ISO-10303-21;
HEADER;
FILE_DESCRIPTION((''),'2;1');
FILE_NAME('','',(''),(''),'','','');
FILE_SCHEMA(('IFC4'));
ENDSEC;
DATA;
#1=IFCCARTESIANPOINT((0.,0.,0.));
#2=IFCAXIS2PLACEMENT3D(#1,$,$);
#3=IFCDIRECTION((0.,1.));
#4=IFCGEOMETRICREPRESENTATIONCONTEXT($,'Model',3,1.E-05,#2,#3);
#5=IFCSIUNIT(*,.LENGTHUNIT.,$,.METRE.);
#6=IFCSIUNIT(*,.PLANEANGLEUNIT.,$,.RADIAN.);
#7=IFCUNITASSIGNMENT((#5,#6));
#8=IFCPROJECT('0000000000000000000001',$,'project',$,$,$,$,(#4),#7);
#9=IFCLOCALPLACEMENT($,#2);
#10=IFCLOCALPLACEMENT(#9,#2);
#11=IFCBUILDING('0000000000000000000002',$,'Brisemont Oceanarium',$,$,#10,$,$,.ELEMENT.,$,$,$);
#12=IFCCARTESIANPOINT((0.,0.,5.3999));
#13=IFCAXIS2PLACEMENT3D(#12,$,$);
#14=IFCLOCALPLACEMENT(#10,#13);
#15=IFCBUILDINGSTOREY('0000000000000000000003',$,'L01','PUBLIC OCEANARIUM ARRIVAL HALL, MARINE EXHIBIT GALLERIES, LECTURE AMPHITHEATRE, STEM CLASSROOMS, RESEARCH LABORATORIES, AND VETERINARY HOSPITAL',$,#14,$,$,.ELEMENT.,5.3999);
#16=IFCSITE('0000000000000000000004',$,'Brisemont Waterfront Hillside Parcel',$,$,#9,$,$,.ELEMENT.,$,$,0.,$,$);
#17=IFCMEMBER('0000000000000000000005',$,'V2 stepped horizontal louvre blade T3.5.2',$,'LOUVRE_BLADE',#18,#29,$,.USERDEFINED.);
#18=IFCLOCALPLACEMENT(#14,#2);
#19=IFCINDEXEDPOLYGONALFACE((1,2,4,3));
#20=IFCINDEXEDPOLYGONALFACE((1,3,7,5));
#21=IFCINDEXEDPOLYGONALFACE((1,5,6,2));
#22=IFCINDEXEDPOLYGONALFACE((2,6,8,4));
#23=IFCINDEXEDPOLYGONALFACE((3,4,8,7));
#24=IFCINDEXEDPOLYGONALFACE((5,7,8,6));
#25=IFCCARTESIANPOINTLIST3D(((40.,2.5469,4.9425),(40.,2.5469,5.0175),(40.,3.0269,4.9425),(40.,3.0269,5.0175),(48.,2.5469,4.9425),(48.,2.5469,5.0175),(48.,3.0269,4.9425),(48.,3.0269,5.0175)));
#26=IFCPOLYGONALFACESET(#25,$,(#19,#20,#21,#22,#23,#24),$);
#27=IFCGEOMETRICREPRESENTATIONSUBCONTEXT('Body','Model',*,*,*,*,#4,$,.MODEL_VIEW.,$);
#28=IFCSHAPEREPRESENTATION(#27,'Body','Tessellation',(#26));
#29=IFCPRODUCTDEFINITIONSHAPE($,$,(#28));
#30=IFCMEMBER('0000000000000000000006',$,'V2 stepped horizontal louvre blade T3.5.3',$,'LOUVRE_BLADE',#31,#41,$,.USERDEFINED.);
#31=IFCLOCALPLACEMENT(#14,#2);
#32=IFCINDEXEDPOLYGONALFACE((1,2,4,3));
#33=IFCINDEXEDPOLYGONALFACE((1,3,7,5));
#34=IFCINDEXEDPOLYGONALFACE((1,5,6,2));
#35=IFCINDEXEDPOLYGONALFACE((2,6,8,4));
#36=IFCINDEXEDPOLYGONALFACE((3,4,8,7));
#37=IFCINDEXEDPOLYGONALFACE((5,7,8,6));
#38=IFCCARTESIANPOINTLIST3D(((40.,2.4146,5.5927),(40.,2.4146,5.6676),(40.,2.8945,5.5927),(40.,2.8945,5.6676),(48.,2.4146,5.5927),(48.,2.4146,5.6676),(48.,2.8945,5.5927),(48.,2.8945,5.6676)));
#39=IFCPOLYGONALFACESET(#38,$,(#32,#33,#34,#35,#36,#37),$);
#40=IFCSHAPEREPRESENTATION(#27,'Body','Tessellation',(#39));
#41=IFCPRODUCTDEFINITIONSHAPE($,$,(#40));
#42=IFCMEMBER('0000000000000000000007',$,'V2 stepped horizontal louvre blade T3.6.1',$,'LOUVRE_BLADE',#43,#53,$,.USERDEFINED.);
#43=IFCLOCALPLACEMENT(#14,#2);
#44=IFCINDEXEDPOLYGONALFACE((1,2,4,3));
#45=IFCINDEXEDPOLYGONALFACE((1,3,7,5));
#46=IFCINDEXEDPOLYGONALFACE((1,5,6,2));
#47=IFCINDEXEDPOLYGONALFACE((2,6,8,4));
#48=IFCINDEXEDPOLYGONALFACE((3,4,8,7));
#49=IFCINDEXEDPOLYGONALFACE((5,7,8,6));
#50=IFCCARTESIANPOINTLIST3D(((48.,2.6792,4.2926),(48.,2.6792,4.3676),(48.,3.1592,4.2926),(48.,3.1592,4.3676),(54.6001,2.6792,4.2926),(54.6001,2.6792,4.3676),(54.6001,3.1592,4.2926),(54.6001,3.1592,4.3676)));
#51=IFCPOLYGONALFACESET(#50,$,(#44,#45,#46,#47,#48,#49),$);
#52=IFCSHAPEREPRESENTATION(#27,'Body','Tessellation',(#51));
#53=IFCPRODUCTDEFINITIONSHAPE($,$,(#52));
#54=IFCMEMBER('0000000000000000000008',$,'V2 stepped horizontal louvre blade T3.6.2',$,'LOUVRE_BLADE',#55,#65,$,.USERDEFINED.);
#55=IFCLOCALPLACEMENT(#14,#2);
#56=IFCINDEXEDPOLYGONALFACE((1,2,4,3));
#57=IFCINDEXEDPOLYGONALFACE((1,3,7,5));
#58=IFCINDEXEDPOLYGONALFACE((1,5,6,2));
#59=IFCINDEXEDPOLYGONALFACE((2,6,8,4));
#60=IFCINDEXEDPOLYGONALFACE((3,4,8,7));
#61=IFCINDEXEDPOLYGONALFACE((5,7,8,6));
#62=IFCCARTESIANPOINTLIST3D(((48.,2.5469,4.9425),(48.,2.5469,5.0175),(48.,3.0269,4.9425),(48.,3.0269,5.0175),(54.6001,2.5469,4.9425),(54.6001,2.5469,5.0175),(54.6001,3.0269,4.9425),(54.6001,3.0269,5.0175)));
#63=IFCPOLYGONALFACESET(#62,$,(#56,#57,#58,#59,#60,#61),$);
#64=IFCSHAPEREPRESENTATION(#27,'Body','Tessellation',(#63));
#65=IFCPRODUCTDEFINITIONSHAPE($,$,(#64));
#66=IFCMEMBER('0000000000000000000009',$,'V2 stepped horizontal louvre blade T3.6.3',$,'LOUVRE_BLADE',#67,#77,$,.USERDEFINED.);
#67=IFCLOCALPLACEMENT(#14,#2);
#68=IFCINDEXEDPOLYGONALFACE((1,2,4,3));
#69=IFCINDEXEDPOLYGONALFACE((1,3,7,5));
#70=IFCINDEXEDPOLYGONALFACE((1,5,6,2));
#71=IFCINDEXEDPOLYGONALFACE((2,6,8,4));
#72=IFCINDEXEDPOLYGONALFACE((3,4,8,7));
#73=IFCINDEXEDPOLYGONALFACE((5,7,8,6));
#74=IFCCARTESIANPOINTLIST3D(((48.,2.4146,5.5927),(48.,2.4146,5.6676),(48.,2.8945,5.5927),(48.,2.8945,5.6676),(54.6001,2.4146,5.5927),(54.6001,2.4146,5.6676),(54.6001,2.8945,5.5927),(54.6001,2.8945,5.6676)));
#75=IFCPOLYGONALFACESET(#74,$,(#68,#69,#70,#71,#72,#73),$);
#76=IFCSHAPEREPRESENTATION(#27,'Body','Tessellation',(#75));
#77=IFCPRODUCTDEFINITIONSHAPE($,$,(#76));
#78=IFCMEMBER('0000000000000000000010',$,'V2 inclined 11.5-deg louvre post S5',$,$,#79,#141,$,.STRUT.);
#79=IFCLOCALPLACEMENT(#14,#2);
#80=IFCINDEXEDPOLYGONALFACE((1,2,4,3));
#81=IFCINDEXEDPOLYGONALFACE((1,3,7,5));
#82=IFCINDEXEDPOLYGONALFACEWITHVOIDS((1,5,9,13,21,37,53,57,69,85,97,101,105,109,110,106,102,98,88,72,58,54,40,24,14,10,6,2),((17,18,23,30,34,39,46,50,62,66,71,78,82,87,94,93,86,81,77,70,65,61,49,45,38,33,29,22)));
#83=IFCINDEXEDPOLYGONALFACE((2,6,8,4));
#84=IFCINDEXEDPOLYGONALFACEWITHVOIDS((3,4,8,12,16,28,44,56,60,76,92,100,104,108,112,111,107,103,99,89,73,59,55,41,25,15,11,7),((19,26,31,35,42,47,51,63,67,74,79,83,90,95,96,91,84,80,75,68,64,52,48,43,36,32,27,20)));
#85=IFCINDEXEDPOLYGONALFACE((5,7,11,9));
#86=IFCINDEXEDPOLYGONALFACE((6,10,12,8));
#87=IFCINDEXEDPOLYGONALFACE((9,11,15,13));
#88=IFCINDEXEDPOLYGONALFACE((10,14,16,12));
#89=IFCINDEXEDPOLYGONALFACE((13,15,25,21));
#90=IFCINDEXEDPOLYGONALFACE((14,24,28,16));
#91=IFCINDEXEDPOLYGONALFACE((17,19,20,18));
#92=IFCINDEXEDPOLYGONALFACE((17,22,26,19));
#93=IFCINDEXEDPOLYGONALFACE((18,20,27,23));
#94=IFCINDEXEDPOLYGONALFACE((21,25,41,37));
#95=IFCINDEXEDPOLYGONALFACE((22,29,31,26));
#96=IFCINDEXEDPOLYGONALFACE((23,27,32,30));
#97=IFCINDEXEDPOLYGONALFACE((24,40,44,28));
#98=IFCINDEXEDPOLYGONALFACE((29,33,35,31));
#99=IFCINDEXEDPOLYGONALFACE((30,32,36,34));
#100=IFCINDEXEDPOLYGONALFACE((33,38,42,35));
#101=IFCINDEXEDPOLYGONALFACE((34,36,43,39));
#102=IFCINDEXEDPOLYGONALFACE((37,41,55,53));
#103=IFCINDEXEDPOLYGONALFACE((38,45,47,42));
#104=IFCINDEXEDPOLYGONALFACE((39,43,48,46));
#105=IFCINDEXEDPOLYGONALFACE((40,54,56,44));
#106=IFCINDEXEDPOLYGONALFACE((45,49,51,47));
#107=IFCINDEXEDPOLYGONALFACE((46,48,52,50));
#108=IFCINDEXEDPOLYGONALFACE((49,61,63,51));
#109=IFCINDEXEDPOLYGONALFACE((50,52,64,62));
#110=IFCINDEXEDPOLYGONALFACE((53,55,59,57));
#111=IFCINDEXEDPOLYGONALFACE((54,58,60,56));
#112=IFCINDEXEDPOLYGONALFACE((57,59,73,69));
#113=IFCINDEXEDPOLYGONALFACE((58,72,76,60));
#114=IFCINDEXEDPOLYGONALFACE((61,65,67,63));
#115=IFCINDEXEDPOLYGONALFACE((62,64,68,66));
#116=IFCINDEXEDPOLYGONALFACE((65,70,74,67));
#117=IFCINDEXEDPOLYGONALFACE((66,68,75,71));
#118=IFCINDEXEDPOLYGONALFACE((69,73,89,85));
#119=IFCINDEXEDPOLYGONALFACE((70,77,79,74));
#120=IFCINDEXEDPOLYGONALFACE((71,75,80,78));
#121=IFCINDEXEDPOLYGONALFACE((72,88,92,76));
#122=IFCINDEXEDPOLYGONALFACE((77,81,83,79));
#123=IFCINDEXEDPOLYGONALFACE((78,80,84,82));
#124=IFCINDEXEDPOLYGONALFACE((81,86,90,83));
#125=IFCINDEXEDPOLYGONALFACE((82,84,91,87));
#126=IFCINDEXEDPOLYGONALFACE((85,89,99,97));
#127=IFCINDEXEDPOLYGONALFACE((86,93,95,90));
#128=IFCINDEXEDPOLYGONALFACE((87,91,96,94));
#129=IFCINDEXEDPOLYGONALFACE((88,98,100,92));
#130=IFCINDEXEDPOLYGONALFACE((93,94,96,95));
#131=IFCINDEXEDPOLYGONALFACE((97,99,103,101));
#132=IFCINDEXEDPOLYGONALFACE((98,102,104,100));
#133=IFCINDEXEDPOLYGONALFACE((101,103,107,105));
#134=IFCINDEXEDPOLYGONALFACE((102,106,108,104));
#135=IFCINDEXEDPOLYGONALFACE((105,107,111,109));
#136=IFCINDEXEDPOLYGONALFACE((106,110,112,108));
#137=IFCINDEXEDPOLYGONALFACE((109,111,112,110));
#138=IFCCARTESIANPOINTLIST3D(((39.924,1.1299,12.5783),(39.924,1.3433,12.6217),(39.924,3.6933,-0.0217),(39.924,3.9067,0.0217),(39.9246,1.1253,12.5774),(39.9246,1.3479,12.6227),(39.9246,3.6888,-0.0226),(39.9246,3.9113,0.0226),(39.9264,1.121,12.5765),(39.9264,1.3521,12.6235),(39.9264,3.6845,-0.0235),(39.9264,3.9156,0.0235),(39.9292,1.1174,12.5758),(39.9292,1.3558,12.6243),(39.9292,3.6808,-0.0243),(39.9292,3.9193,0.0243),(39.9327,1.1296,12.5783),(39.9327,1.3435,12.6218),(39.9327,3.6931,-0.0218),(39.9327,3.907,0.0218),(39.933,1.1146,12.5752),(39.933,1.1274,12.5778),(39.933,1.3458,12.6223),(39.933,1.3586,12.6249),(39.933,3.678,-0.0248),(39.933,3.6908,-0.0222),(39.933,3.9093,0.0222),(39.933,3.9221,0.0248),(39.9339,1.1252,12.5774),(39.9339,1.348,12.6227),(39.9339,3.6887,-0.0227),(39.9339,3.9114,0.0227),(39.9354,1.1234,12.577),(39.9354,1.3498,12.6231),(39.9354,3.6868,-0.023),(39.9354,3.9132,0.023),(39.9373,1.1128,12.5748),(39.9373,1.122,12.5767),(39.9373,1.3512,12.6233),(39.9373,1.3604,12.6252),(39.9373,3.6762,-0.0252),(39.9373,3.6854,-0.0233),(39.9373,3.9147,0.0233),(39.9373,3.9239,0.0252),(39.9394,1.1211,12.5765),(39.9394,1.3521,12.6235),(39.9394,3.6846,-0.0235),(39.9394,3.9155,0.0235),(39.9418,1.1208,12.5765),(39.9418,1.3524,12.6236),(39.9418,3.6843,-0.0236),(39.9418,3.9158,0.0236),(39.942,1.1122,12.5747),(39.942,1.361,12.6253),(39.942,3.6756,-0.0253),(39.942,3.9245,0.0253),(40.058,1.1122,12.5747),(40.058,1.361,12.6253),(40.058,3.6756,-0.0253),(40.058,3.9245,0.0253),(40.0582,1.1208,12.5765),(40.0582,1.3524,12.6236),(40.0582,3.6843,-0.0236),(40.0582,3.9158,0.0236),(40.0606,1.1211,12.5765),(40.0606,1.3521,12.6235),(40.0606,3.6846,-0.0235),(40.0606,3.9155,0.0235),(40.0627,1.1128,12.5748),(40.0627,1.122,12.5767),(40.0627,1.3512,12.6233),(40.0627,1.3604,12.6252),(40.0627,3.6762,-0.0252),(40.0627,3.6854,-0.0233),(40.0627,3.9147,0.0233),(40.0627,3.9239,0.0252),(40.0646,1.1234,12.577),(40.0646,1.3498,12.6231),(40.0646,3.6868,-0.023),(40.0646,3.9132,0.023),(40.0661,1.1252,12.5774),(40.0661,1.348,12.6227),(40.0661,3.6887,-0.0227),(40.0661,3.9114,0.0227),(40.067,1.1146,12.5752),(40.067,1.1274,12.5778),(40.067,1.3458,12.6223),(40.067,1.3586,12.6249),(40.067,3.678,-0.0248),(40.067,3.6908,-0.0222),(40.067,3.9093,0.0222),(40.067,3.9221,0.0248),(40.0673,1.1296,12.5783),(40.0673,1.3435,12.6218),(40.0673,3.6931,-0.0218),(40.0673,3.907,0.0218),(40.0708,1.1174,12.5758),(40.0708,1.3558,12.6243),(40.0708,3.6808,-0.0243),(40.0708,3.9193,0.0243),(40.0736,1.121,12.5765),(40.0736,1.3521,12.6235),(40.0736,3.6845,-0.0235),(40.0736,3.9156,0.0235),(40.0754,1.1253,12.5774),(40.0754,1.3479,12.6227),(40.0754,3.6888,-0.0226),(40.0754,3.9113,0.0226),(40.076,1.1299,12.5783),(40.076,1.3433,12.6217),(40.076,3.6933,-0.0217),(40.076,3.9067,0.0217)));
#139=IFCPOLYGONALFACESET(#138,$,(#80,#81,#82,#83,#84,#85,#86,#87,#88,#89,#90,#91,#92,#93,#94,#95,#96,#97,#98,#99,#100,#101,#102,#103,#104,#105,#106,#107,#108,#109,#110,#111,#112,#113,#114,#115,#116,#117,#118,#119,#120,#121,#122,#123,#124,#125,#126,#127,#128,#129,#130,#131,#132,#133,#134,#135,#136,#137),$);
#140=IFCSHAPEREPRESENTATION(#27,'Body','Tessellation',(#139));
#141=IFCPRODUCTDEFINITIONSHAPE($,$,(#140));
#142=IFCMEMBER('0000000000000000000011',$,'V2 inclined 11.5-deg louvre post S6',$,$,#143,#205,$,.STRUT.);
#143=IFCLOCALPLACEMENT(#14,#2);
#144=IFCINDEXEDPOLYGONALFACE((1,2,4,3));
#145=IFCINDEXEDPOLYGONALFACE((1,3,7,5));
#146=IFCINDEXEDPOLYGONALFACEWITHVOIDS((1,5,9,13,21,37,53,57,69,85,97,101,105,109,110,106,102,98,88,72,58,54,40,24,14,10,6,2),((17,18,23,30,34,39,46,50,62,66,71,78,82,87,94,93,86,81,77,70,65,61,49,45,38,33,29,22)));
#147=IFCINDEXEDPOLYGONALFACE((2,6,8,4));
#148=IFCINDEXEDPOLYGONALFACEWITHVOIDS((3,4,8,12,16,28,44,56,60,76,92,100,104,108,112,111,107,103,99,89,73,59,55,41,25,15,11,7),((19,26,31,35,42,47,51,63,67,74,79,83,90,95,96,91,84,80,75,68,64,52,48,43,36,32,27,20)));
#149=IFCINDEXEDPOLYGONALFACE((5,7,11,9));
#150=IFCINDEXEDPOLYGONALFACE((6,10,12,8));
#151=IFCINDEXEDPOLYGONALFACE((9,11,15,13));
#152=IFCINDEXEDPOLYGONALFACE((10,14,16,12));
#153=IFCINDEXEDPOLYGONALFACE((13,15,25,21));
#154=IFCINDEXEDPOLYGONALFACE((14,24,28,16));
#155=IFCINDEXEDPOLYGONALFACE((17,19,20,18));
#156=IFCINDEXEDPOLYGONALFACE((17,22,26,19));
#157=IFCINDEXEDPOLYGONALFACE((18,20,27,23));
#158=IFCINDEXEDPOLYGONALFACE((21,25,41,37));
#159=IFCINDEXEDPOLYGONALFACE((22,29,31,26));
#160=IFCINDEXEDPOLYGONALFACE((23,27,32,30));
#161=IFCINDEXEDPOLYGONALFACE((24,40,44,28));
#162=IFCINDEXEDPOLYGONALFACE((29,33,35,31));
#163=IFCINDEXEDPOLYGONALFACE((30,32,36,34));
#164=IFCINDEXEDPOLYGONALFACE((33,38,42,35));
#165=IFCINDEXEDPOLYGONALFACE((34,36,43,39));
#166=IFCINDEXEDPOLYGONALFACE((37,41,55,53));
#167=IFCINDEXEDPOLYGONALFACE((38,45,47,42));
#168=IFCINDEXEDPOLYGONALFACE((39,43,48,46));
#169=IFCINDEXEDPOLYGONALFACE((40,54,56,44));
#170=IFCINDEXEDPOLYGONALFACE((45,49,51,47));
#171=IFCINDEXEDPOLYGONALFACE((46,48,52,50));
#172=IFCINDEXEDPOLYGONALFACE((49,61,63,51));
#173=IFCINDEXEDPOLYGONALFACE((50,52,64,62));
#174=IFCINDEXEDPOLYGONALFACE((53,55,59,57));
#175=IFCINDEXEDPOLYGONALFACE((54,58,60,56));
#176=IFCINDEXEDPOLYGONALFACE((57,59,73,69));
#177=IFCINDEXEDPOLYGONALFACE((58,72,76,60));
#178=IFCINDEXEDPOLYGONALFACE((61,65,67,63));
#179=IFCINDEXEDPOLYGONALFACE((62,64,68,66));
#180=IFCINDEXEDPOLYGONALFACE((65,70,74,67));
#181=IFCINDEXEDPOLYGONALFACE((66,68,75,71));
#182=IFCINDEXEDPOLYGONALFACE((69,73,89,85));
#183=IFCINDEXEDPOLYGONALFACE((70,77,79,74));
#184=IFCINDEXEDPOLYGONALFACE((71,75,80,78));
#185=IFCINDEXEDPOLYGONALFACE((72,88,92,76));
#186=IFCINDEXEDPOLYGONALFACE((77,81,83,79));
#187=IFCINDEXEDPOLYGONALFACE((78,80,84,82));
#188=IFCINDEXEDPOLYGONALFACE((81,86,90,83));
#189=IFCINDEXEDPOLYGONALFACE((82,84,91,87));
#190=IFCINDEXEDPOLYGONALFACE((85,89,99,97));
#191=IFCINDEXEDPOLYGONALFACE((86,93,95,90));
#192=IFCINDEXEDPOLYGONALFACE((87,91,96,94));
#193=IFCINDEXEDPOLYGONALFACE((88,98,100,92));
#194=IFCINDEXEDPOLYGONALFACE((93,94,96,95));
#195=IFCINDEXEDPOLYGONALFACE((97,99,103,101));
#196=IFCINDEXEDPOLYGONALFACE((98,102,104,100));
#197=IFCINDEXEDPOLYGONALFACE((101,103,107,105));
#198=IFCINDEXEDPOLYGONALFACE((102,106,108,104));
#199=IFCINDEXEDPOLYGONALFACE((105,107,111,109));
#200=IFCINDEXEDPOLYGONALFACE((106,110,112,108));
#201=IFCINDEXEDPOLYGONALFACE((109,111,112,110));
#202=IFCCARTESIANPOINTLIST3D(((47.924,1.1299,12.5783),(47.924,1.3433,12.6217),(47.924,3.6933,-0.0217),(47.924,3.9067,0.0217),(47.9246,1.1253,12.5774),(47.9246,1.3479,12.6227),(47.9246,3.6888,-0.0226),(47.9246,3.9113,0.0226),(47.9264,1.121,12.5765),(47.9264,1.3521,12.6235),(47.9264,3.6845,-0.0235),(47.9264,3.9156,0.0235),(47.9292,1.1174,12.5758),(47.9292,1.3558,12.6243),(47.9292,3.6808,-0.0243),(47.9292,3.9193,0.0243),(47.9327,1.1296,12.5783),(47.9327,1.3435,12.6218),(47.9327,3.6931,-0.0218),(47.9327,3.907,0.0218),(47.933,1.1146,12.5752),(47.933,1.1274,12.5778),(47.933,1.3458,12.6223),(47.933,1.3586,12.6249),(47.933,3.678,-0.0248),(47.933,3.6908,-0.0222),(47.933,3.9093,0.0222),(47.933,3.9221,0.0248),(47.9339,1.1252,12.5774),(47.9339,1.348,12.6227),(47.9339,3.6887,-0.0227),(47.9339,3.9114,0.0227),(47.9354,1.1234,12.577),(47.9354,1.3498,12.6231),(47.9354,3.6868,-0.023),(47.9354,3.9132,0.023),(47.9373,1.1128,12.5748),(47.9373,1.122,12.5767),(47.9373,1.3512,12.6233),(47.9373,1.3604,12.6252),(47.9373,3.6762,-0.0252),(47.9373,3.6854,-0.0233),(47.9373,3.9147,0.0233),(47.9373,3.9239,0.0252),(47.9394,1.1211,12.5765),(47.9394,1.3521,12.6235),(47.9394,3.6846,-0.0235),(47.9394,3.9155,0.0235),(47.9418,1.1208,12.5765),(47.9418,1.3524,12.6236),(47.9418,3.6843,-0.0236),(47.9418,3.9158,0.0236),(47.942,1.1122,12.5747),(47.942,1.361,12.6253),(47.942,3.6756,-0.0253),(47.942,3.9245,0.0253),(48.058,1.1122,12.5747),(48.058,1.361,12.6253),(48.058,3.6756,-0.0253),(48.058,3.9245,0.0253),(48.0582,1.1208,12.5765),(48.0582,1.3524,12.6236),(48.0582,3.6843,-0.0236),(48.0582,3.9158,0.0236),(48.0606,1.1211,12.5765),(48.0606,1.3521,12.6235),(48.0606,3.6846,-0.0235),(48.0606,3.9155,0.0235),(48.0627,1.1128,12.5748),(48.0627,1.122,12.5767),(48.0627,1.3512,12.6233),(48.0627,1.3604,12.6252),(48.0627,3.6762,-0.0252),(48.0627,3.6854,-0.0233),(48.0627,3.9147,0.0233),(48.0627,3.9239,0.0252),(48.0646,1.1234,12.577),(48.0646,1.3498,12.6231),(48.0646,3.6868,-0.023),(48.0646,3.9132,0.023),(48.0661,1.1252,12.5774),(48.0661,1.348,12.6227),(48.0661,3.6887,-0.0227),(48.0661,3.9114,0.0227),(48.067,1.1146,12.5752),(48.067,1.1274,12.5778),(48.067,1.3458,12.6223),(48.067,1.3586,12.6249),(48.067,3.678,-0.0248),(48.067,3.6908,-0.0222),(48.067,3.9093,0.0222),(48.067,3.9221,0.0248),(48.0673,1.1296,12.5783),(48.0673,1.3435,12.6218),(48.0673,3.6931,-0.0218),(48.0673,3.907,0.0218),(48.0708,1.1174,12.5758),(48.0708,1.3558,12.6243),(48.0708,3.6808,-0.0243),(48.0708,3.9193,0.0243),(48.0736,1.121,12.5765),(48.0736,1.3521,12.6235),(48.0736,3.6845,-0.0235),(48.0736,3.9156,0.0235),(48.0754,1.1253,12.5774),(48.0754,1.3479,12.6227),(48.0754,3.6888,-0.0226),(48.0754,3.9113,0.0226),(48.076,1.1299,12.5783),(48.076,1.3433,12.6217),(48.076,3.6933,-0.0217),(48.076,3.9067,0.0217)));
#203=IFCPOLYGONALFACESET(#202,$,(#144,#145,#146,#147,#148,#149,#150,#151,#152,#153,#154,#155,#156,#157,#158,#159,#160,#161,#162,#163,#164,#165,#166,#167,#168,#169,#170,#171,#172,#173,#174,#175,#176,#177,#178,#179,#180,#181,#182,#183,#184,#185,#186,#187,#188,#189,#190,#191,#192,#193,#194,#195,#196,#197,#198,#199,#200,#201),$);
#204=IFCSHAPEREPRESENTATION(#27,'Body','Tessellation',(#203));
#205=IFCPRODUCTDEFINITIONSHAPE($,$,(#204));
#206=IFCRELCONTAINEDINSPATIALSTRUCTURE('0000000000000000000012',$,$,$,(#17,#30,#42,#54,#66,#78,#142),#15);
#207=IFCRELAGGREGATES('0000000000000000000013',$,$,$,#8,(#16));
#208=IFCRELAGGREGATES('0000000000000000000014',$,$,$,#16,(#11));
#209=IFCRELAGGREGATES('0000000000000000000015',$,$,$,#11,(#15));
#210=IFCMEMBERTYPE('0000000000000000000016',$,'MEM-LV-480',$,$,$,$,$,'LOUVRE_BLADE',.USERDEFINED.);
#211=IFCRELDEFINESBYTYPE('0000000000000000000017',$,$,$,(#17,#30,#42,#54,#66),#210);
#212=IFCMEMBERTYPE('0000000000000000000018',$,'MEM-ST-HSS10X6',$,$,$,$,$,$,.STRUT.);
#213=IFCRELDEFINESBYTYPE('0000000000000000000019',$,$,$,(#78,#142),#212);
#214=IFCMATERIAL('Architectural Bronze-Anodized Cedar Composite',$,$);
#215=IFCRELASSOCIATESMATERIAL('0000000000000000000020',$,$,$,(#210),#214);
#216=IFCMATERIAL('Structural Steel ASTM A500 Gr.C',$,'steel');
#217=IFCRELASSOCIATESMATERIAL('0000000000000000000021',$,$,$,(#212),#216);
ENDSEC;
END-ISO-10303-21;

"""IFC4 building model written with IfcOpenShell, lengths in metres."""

from ifc_helpers import new_model, si_unit, direction, frame, origin, origin_2d, place, context, subcontext, project, spatial, rectangle, hollow_rectangle, extrude, material, material_profile, profile_set, type_object, element, save


model = new_model("IFC4")

# Units and contexts
model_context = context("Model", 3, precision=1e-05, world=origin(), true_north=direction((0.0, 1.0)))
body_context = subcontext(model_context, "Body", "Model", "MODEL_VIEW")
ifc_project = project(units=[si_unit("LENGTHUNIT", "METRE"), si_unit("PLANEANGLEUNIT", "RADIAN")], contexts=[model_context])

# Site, building, storey
site_placement = place(None, origin())
site = spatial("IfcSite", under=ifc_project, at=site_placement, Name="Brisemont Waterfront Hillside Parcel", CompositionType="ELEMENT", RefElevation=0.0)
building_placement = place(site_placement, origin())
building = spatial("IfcBuilding", under=site, at=building_placement, Name="Brisemont Oceanarium", CompositionType="ELEMENT")
storey_placement = place(building_placement, frame((0.0, 0.0, 5.3999)))
storey = spatial("IfcBuildingStorey", under=building, at=storey_placement, Name="L01", Description="PUBLIC OCEANARIUM ARRIVAL HALL, MARINE EXHIBIT GALLERIES, LECTURE AMPHITHEATRE, STEM CLASSROOMS, RESEARCH LABORATORIES, AND VETERINARY HOSPITAL", CompositionType="ELEMENT", Elevation=5.3999)

# Members
ifc_material_1 = material(Name="Architectural Bronze-Anodized Cedar Composite")
ifc_material_profile_1 = material_profile(ifc_material_1, rectangle(XDim=0.48, YDim=0.075, at=origin_2d()), Name="LOUVRE-480X75")
ifc_profile_set_1 = profile_set([ifc_material_profile_1], Name="Architectural Bronze-Anodized Cedar Composite")
member_type_1 = type_object("IfcMemberType", Name="MEM-LV-480", ElementType="LOUVRE_BLADE", PredefinedType="USERDEFINED", material=ifc_profile_set_1)
for number, where, z_axis, x_axis, name in (
    (1, (40.0, 2.7869, 4.98), (1.0, 0.0, 0.0), (0.0, 1.0, 0.0), "V2 stepped horizontal louvre blade T3.5.2"),
    (2, (40.0, 2.6545, 5.6301), (1.0, 0.0, 0.0), (0.0, 1.0, 0.0), "V2 stepped horizontal louvre blade T3.5.3"),
):
    element("IfcMember", number, at=place(storey_placement, frame(where, z_axis=z_axis, x_axis=x_axis)), inside=storey, type_object=member_type_1, Name=name, ObjectType="LOUVRE_BLADE", PredefinedType="USERDEFINED", context=body_context, shape_type="SweptSolid", body=[
        extrude(rectangle(XDim=0.48, YDim=0.075, at=origin_2d()), origin(), (0.0, 0.0, 1.0), 8.0),
    ])
for number, where, z_axis, x_axis, name in (
    (3, (48.0, 2.9192, 4.3301), (1.0, 0.0, 0.0), (0.0, 1.0, 0.0), "V2 stepped horizontal louvre blade T3.6.1"),
    (4, (48.0, 2.7869, 4.98), (1.0, 0.0, 0.0), (0.0, 1.0, 0.0), "V2 stepped horizontal louvre blade T3.6.2"),
    (5, (48.0, 2.6545, 5.6301), (1.0, 0.0, 0.0), (0.0, 1.0, 0.0), "V2 stepped horizontal louvre blade T3.6.3"),
):
    element("IfcMember", number, at=place(storey_placement, frame(where, z_axis=z_axis, x_axis=x_axis)), inside=storey, type_object=member_type_1, Name=name, ObjectType="LOUVRE_BLADE", PredefinedType="USERDEFINED", context=body_context, shape_type="SweptSolid", body=[
        extrude(rectangle(XDim=0.48, YDim=0.075, at=origin_2d()), origin(), (0.0, 0.0, 1.0), 6.6001),
    ])
ifc_material_2 = material(Name="Structural Steel ASTM A500 Gr.C", Category="steel")
ifc_material_profile_2 = material_profile(ifc_material_2, hollow_rectangle(XDim=0.1521, YDim=0.2539, WallThickness=0.0088, InnerFilletRadius=0.009, OuterFilletRadius=0.0181, at=origin_2d()), Name="HSS10X6X3/8")
ifc_profile_set_2 = profile_set([ifc_material_profile_2], Name="Structural Steel ASTM A500 Gr.C")
member_type_2 = type_object("IfcMemberType", Name="MEM-ST-HSS10X6", PredefinedType="STRUT", material=ifc_profile_set_2)
for number, where, z_axis, x_axis, name in (
    (6, (40.0, 3.8, 0.0), (0.0, -0.199365, 0.979925), (1.0, 0.0, 0.0), "V2 inclined 11.5-deg louvre post S5"),
    (7, (48.0, 3.8, 0.0), (0.0, -0.199365, 0.979925), (1.0, 0.0, 0.0), "V2 inclined 11.5-deg louvre post S6"),
):
    element("IfcMember", number, at=place(storey_placement, frame(where, z_axis=z_axis, x_axis=x_axis)), inside=storey, type_object=member_type_2, Name=name, PredefinedType="STRUT", context=body_context, shape_type="SweptSolid", body=[
        extrude(hollow_rectangle(XDim=0.1521, YDim=0.2539, WallThickness=0.0088, InnerFilletRadius=0.009, OuterFilletRadius=0.0181, at=origin_2d()), origin(), (0.0, 0.0, 1.0), 12.8582),
    ])

save(model, "model.ifc")
